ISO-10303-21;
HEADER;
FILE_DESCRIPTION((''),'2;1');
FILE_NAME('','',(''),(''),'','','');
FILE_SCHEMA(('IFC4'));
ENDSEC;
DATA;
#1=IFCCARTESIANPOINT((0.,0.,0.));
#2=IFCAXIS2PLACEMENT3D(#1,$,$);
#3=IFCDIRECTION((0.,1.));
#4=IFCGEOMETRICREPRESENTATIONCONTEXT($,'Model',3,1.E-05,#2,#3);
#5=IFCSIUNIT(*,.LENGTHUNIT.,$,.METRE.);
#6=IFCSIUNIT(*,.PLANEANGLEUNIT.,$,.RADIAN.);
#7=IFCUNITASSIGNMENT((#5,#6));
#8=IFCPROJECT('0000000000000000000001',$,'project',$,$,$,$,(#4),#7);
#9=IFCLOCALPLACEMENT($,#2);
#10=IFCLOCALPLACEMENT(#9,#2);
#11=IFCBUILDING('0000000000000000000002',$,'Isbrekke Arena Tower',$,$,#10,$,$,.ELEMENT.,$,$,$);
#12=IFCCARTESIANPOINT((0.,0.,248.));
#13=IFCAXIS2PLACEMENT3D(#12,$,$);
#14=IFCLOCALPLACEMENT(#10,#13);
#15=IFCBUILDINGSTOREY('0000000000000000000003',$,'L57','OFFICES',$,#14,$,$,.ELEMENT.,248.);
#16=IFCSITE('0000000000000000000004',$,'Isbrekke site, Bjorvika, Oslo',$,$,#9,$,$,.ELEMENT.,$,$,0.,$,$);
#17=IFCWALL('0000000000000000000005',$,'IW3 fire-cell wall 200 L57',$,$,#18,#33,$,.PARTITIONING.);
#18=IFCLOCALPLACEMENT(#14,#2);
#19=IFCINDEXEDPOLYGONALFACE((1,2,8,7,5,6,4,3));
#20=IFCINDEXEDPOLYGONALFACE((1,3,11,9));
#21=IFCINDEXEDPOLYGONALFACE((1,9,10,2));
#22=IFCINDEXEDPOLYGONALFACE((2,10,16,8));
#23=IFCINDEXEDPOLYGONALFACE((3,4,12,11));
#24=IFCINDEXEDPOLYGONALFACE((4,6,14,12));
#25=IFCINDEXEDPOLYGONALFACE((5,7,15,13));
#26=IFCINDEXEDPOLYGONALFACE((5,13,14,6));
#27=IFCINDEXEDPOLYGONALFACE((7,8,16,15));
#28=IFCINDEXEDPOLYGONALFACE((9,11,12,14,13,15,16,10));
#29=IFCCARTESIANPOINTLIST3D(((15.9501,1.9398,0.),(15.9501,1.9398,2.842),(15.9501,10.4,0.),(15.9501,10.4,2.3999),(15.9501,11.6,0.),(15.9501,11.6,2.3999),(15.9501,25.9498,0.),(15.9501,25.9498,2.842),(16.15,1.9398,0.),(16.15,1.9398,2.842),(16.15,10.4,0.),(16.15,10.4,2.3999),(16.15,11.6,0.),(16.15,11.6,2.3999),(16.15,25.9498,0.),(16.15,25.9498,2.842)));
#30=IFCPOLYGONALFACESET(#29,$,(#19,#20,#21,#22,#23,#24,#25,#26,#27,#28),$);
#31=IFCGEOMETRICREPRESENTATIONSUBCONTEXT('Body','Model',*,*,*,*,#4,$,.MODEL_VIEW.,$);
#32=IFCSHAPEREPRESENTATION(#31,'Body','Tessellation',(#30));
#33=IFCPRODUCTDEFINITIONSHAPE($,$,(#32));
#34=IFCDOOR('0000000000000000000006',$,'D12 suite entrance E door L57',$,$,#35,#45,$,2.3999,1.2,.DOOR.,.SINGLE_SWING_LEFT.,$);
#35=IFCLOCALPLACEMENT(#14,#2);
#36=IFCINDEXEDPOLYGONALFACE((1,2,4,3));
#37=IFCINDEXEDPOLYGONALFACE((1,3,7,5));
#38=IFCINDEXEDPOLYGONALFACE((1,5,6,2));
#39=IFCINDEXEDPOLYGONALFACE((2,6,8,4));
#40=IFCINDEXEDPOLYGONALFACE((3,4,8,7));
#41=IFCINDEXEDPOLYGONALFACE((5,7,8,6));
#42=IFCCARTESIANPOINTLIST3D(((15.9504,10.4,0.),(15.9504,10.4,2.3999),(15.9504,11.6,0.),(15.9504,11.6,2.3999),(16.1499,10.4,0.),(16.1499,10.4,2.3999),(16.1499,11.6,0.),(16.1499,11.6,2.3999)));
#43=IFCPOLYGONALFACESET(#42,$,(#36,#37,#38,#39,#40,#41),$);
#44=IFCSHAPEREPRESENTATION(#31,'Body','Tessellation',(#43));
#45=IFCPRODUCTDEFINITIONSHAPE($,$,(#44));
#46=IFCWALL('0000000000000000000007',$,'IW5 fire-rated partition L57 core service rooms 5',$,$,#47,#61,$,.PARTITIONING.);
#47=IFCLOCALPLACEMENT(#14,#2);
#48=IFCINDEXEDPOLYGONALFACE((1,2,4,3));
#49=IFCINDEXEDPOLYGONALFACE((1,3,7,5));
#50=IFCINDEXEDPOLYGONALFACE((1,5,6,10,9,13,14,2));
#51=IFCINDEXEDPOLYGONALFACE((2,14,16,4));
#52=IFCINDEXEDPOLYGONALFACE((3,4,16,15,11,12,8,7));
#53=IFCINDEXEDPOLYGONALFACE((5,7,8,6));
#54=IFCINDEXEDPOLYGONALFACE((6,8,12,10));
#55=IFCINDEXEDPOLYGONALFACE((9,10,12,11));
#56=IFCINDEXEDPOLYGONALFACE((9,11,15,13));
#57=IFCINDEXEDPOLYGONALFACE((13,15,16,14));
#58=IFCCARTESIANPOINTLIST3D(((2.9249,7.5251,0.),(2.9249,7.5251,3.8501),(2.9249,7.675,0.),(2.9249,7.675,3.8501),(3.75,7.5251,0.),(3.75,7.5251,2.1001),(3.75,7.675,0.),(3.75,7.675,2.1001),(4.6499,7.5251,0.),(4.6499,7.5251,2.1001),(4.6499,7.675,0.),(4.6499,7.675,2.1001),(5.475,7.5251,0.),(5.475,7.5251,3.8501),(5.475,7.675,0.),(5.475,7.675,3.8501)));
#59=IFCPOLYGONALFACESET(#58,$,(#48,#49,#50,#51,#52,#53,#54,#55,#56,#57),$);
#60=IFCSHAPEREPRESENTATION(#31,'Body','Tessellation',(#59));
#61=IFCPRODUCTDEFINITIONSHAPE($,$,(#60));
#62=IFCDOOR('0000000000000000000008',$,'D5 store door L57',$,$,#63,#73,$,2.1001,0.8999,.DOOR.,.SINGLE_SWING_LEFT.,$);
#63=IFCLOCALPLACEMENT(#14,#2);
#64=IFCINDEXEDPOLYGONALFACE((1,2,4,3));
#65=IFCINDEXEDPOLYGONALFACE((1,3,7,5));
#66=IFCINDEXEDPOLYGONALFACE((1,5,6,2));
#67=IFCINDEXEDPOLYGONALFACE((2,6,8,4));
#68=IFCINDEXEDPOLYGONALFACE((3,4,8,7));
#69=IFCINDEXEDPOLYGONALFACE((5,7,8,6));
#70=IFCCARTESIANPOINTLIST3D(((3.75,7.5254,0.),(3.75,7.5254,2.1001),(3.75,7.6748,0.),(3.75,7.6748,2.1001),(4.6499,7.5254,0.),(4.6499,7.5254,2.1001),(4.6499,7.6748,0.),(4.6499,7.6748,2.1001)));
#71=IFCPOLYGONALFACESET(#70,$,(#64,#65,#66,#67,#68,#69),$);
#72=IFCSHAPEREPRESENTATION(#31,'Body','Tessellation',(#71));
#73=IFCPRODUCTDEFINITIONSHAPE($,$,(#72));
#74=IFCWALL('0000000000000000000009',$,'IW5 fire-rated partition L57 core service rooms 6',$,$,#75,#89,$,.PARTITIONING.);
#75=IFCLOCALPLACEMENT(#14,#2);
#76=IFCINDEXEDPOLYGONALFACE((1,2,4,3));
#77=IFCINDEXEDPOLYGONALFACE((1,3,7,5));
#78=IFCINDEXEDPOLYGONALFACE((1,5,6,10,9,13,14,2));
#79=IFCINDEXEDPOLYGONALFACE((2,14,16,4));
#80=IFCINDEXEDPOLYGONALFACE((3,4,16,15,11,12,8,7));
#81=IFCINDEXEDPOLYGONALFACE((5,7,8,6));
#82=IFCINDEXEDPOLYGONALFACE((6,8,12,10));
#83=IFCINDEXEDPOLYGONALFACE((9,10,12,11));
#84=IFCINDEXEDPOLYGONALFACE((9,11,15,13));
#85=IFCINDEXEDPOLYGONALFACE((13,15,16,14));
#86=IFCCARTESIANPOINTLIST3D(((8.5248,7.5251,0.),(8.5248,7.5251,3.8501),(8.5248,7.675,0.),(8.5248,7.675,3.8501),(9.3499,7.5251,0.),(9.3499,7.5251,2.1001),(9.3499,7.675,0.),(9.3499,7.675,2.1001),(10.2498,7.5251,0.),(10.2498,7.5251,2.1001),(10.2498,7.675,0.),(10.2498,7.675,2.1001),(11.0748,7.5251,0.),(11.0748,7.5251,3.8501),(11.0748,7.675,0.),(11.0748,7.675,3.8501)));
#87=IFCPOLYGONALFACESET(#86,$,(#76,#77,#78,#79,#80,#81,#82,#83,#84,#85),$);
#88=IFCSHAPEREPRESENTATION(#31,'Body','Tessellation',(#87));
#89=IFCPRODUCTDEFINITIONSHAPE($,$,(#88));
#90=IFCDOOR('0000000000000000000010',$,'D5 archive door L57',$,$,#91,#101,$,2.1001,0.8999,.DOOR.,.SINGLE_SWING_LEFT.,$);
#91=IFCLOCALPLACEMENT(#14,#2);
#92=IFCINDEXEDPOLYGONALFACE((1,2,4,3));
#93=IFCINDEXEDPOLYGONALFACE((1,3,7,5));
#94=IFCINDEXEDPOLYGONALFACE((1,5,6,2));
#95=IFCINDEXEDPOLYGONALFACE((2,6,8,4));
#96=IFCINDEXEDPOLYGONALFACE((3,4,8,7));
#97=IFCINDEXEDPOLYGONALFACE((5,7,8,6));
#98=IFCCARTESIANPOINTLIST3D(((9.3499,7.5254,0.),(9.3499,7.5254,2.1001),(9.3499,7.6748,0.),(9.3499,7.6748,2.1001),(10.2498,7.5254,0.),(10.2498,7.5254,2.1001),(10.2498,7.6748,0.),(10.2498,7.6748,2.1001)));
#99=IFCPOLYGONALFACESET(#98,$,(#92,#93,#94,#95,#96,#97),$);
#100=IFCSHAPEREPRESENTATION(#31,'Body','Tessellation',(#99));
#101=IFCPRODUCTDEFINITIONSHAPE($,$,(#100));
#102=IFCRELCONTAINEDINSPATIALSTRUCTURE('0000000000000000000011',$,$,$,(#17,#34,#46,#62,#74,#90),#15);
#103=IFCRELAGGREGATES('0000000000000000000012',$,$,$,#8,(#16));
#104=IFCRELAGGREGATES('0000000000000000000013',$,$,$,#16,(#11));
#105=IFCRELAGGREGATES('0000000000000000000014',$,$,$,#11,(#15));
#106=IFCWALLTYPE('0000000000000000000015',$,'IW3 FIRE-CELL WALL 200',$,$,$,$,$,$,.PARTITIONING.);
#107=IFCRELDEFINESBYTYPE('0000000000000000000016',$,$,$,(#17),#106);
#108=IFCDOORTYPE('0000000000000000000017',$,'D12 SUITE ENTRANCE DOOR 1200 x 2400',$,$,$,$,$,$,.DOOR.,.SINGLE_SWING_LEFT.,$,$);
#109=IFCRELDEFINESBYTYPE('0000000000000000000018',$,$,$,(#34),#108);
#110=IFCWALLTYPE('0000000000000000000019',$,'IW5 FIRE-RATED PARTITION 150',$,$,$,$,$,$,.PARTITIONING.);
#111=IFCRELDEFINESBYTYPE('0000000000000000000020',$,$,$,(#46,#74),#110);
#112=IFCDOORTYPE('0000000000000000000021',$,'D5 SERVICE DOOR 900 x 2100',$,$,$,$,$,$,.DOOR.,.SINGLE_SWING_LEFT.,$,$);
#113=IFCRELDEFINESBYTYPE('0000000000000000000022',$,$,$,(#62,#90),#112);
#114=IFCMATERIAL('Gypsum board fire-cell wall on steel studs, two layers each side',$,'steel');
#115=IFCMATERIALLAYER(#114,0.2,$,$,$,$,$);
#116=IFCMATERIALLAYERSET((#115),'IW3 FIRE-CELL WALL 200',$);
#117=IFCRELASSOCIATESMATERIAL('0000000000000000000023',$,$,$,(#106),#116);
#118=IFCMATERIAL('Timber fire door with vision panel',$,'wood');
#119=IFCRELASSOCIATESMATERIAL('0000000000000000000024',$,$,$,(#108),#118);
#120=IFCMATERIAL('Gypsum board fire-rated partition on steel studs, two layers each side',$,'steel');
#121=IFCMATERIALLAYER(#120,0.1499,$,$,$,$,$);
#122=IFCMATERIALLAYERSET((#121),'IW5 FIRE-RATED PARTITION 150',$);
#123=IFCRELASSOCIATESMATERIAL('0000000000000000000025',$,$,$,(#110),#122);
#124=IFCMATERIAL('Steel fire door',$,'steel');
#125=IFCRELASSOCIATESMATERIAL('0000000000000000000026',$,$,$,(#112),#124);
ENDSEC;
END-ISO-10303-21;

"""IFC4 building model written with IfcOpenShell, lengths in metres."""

from ifc_helpers import new_model, si_unit, direction, frame, frame_2d, origin, place, context, subcontext, project, spatial, rectangle, extrude, material, layer, layer_set, type_object, element, fill, save


model = new_model("IFC4")

# Units and contexts
model_context = context("Model", 3, precision=1e-05, world=origin(), true_north=direction((0.0, 1.0)))
body_context = subcontext(model_context, "Body", "Model", "MODEL_VIEW")
ifc_project = project(units=[si_unit("LENGTHUNIT", "METRE"), si_unit("PLANEANGLEUNIT", "RADIAN")], contexts=[model_context])

# Site, building, storey
site_placement = place(None, origin())
site = spatial("IfcSite", under=ifc_project, at=site_placement, Name="Isbrekke site, Bjorvika, Oslo", CompositionType="ELEMENT", RefElevation=0.0)
building_placement = place(site_placement, origin())
building = spatial("IfcBuilding", under=site, at=building_placement, Name="Isbrekke Arena Tower", CompositionType="ELEMENT")
storey_placement = place(building_placement, frame((0.0, 0.0, 248.0)))
storey = spatial("IfcBuildingStorey", under=building, at=storey_placement, Name="L57", Description="OFFICES", CompositionType="ELEMENT", Elevation=248.0)

# Walls, openings, doors
ifc_material_1 = material(Name="Gypsum board fire-cell wall on steel studs, two layers each side", Category="steel")
ifc_layer_1 = layer(ifc_material_1, 0.2)
ifc_layer_set_1 = layer_set([ifc_layer_1], Name="IW3 FIRE-CELL WALL 200")
wall_type_1 = type_object("IfcWallType", Name="IW3 FIRE-CELL WALL 200", PredefinedType="PARTITIONING", material=ifc_layer_set_1)
wall_1_placement = place(storey_placement, frame((16.05, 1.9399, 0.0), z_axis=(0.0, 0.0, 1.0), x_axis=(0.0, 1.0, 0.0)))
wall_1 = element("IfcWall", 1, at=wall_1_placement, inside=storey, type_object=wall_type_1, Name="IW3 fire-cell wall 200 L57", PredefinedType="PARTITIONING", context=body_context, shape_type="SweptSolid", body=[
    extrude(rectangle(XDim=24.01, YDim=0.2, at=frame_2d((12.0049, 0.0))), origin(), (0.0, 0.0, 1.0), 2.842),
])
opening_1_placement = place(wall_1_placement, frame((8.46, 0.0, 0.0)))
opening_1 = element("IfcOpeningElement", 2, at=opening_1_placement, cuts=wall_1, PredefinedType="OPENING", context=body_context, shape_type="SweptSolid", body=[
    extrude(rectangle(XDim=1.2, YDim=2.3999, at=frame_2d((0.6001, 1.2))), frame((0.0, 0.1147, 0.0), z_axis=(0.0, -1.0, 0.0), x_axis=(1.0, 0.0, 0.0)), (0.0, 0.0, 1.0), 0.2297),
])
ifc_material_2 = material(Name="Timber fire door with vision panel", Category="wood")
door_type_1 = type_object("IfcDoorType", Name="D12 SUITE ENTRANCE DOOR 1200 x 2400", OperationType="SINGLE_SWING_LEFT", PredefinedType="DOOR", material=ifc_material_2)
door_1_placement = place(opening_1_placement, origin())
door_1 = element("IfcDoor", 3, at=door_1_placement, inside=storey, type_object=door_type_1, Name="D12 suite entrance E door L57", OperationType="SINGLE_SWING_LEFT", OverallHeight=2.3999, OverallWidth=1.2, PredefinedType="DOOR", context=body_context, shape_type="SweptSolid", body=[
    extrude(rectangle(XDim=1.2, YDim=2.3999, at=frame_2d((0.6001, 1.2))), frame((0.0, 0.0996, 0.0), z_axis=(0.0, -1.0, 0.0), x_axis=(1.0, 0.0, 0.0)), (0.0, 0.0, 1.0), 0.1995),
])
fill(opening_1, door_1)
ifc_material_3 = material(Name="Gypsum board fire-rated partition on steel studs, two layers each side", Category="steel")
ifc_layer_2 = layer(ifc_material_3, 0.1499)
ifc_layer_set_2 = layer_set([ifc_layer_2], Name="IW5 FIRE-RATED PARTITION 150")
wall_type_2 = type_object("IfcWallType", Name="IW5 FIRE-RATED PARTITION 150", PredefinedType="PARTITIONING", material=ifc_layer_set_2)
wall_2_placement = place(storey_placement, frame((2.925, 7.6001, 0.0), z_axis=(0.0, 0.0, 1.0), x_axis=(1.0, 0.0, 0.0)))
wall_2 = element("IfcWall", 4, at=wall_2_placement, inside=storey, type_object=wall_type_2, Name="IW5 fire-rated partition L57 core service rooms 5", PredefinedType="PARTITIONING", context=body_context, shape_type="SweptSolid", body=[
    extrude(rectangle(XDim=2.55, YDim=0.1499, at=frame_2d((1.2749, 0.0))), origin(), (0.0, 0.0, 1.0), 3.8501),
])
opening_2_placement = place(wall_2_placement, frame((0.825, 0.0, 0.0)))
opening_2 = element("IfcOpeningElement", 5, at=opening_2_placement, cuts=wall_2, PredefinedType="OPENING", context=body_context, shape_type="SweptSolid", body=[
    extrude(rectangle(XDim=0.8999, YDim=2.1001, at=frame_2d((0.45, 1.05))), frame((0.0, 0.0898, 0.0), z_axis=(0.0, -1.0, 0.0), x_axis=(1.0, 0.0, 0.0)), (0.0, 0.0, 1.0), 0.1797),
])
ifc_material_4 = material(Name="Steel fire door", Category="steel")
door_type_2 = type_object("IfcDoorType", Name="D5 SERVICE DOOR 900 x 2100", OperationType="SINGLE_SWING_LEFT", PredefinedType="DOOR", material=ifc_material_4)
door_2_placement = place(opening_2_placement, origin())
door_2 = element("IfcDoor", 6, at=door_2_placement, inside=storey, type_object=door_type_2, Name="D5 store door L57", OperationType="SINGLE_SWING_LEFT", OverallHeight=2.1001, OverallWidth=0.8999, PredefinedType="DOOR", context=body_context, shape_type="SweptSolid", body=[
    extrude(rectangle(XDim=0.8999, YDim=2.1001, at=frame_2d((0.45, 1.05))), frame((0.0, 0.0747, 0.0), z_axis=(0.0, -1.0, 0.0), x_axis=(1.0, 0.0, 0.0)), (0.0, 0.0, 1.0), 0.1494),
])
fill(opening_2, door_2)
wall_3_placement = place(storey_placement, frame((8.5249, 7.6001, 0.0), z_axis=(0.0, 0.0, 1.0), x_axis=(1.0, 0.0, 0.0)))
wall_3 = element("IfcWall", 7, at=wall_3_placement, inside=storey, type_object=wall_type_2, Name="IW5 fire-rated partition L57 core service rooms 6", PredefinedType="PARTITIONING", context=body_context, shape_type="SweptSolid", body=[
    extrude(rectangle(XDim=2.55, YDim=0.1499, at=frame_2d((1.2749, 0.0))), origin(), (0.0, 0.0, 1.0), 3.8501),
])
opening_3_placement = place(wall_3_placement, frame((0.825, 0.0, 0.0)))
opening_3 = element("IfcOpeningElement", 8, at=opening_3_placement, cuts=wall_3, PredefinedType="OPENING", context=body_context, shape_type="SweptSolid", body=[
    extrude(rectangle(XDim=0.8999, YDim=2.1001, at=frame_2d((0.45, 1.05))), frame((0.0, 0.0898, 0.0), z_axis=(0.0, -1.0, 0.0), x_axis=(1.0, 0.0, 0.0)), (0.0, 0.0, 1.0), 0.1797),
])
door_3_placement = place(opening_3_placement, origin())
door_3 = element("IfcDoor", 9, at=door_3_placement, inside=storey, type_object=door_type_2, Name="D5 archive door L57", OperationType="SINGLE_SWING_LEFT", OverallHeight=2.1001, OverallWidth=0.8999, PredefinedType="DOOR", context=body_context, shape_type="SweptSolid", body=[
    extrude(rectangle(XDim=0.8999, YDim=2.1001, at=frame_2d((0.45, 1.05))), frame((0.0, 0.0747, 0.0), z_axis=(0.0, -1.0, 0.0), x_axis=(1.0, 0.0, 0.0)), (0.0, 0.0, 1.0), 0.1494),
])
fill(opening_3, door_3)

save(model, "model.ifc")
